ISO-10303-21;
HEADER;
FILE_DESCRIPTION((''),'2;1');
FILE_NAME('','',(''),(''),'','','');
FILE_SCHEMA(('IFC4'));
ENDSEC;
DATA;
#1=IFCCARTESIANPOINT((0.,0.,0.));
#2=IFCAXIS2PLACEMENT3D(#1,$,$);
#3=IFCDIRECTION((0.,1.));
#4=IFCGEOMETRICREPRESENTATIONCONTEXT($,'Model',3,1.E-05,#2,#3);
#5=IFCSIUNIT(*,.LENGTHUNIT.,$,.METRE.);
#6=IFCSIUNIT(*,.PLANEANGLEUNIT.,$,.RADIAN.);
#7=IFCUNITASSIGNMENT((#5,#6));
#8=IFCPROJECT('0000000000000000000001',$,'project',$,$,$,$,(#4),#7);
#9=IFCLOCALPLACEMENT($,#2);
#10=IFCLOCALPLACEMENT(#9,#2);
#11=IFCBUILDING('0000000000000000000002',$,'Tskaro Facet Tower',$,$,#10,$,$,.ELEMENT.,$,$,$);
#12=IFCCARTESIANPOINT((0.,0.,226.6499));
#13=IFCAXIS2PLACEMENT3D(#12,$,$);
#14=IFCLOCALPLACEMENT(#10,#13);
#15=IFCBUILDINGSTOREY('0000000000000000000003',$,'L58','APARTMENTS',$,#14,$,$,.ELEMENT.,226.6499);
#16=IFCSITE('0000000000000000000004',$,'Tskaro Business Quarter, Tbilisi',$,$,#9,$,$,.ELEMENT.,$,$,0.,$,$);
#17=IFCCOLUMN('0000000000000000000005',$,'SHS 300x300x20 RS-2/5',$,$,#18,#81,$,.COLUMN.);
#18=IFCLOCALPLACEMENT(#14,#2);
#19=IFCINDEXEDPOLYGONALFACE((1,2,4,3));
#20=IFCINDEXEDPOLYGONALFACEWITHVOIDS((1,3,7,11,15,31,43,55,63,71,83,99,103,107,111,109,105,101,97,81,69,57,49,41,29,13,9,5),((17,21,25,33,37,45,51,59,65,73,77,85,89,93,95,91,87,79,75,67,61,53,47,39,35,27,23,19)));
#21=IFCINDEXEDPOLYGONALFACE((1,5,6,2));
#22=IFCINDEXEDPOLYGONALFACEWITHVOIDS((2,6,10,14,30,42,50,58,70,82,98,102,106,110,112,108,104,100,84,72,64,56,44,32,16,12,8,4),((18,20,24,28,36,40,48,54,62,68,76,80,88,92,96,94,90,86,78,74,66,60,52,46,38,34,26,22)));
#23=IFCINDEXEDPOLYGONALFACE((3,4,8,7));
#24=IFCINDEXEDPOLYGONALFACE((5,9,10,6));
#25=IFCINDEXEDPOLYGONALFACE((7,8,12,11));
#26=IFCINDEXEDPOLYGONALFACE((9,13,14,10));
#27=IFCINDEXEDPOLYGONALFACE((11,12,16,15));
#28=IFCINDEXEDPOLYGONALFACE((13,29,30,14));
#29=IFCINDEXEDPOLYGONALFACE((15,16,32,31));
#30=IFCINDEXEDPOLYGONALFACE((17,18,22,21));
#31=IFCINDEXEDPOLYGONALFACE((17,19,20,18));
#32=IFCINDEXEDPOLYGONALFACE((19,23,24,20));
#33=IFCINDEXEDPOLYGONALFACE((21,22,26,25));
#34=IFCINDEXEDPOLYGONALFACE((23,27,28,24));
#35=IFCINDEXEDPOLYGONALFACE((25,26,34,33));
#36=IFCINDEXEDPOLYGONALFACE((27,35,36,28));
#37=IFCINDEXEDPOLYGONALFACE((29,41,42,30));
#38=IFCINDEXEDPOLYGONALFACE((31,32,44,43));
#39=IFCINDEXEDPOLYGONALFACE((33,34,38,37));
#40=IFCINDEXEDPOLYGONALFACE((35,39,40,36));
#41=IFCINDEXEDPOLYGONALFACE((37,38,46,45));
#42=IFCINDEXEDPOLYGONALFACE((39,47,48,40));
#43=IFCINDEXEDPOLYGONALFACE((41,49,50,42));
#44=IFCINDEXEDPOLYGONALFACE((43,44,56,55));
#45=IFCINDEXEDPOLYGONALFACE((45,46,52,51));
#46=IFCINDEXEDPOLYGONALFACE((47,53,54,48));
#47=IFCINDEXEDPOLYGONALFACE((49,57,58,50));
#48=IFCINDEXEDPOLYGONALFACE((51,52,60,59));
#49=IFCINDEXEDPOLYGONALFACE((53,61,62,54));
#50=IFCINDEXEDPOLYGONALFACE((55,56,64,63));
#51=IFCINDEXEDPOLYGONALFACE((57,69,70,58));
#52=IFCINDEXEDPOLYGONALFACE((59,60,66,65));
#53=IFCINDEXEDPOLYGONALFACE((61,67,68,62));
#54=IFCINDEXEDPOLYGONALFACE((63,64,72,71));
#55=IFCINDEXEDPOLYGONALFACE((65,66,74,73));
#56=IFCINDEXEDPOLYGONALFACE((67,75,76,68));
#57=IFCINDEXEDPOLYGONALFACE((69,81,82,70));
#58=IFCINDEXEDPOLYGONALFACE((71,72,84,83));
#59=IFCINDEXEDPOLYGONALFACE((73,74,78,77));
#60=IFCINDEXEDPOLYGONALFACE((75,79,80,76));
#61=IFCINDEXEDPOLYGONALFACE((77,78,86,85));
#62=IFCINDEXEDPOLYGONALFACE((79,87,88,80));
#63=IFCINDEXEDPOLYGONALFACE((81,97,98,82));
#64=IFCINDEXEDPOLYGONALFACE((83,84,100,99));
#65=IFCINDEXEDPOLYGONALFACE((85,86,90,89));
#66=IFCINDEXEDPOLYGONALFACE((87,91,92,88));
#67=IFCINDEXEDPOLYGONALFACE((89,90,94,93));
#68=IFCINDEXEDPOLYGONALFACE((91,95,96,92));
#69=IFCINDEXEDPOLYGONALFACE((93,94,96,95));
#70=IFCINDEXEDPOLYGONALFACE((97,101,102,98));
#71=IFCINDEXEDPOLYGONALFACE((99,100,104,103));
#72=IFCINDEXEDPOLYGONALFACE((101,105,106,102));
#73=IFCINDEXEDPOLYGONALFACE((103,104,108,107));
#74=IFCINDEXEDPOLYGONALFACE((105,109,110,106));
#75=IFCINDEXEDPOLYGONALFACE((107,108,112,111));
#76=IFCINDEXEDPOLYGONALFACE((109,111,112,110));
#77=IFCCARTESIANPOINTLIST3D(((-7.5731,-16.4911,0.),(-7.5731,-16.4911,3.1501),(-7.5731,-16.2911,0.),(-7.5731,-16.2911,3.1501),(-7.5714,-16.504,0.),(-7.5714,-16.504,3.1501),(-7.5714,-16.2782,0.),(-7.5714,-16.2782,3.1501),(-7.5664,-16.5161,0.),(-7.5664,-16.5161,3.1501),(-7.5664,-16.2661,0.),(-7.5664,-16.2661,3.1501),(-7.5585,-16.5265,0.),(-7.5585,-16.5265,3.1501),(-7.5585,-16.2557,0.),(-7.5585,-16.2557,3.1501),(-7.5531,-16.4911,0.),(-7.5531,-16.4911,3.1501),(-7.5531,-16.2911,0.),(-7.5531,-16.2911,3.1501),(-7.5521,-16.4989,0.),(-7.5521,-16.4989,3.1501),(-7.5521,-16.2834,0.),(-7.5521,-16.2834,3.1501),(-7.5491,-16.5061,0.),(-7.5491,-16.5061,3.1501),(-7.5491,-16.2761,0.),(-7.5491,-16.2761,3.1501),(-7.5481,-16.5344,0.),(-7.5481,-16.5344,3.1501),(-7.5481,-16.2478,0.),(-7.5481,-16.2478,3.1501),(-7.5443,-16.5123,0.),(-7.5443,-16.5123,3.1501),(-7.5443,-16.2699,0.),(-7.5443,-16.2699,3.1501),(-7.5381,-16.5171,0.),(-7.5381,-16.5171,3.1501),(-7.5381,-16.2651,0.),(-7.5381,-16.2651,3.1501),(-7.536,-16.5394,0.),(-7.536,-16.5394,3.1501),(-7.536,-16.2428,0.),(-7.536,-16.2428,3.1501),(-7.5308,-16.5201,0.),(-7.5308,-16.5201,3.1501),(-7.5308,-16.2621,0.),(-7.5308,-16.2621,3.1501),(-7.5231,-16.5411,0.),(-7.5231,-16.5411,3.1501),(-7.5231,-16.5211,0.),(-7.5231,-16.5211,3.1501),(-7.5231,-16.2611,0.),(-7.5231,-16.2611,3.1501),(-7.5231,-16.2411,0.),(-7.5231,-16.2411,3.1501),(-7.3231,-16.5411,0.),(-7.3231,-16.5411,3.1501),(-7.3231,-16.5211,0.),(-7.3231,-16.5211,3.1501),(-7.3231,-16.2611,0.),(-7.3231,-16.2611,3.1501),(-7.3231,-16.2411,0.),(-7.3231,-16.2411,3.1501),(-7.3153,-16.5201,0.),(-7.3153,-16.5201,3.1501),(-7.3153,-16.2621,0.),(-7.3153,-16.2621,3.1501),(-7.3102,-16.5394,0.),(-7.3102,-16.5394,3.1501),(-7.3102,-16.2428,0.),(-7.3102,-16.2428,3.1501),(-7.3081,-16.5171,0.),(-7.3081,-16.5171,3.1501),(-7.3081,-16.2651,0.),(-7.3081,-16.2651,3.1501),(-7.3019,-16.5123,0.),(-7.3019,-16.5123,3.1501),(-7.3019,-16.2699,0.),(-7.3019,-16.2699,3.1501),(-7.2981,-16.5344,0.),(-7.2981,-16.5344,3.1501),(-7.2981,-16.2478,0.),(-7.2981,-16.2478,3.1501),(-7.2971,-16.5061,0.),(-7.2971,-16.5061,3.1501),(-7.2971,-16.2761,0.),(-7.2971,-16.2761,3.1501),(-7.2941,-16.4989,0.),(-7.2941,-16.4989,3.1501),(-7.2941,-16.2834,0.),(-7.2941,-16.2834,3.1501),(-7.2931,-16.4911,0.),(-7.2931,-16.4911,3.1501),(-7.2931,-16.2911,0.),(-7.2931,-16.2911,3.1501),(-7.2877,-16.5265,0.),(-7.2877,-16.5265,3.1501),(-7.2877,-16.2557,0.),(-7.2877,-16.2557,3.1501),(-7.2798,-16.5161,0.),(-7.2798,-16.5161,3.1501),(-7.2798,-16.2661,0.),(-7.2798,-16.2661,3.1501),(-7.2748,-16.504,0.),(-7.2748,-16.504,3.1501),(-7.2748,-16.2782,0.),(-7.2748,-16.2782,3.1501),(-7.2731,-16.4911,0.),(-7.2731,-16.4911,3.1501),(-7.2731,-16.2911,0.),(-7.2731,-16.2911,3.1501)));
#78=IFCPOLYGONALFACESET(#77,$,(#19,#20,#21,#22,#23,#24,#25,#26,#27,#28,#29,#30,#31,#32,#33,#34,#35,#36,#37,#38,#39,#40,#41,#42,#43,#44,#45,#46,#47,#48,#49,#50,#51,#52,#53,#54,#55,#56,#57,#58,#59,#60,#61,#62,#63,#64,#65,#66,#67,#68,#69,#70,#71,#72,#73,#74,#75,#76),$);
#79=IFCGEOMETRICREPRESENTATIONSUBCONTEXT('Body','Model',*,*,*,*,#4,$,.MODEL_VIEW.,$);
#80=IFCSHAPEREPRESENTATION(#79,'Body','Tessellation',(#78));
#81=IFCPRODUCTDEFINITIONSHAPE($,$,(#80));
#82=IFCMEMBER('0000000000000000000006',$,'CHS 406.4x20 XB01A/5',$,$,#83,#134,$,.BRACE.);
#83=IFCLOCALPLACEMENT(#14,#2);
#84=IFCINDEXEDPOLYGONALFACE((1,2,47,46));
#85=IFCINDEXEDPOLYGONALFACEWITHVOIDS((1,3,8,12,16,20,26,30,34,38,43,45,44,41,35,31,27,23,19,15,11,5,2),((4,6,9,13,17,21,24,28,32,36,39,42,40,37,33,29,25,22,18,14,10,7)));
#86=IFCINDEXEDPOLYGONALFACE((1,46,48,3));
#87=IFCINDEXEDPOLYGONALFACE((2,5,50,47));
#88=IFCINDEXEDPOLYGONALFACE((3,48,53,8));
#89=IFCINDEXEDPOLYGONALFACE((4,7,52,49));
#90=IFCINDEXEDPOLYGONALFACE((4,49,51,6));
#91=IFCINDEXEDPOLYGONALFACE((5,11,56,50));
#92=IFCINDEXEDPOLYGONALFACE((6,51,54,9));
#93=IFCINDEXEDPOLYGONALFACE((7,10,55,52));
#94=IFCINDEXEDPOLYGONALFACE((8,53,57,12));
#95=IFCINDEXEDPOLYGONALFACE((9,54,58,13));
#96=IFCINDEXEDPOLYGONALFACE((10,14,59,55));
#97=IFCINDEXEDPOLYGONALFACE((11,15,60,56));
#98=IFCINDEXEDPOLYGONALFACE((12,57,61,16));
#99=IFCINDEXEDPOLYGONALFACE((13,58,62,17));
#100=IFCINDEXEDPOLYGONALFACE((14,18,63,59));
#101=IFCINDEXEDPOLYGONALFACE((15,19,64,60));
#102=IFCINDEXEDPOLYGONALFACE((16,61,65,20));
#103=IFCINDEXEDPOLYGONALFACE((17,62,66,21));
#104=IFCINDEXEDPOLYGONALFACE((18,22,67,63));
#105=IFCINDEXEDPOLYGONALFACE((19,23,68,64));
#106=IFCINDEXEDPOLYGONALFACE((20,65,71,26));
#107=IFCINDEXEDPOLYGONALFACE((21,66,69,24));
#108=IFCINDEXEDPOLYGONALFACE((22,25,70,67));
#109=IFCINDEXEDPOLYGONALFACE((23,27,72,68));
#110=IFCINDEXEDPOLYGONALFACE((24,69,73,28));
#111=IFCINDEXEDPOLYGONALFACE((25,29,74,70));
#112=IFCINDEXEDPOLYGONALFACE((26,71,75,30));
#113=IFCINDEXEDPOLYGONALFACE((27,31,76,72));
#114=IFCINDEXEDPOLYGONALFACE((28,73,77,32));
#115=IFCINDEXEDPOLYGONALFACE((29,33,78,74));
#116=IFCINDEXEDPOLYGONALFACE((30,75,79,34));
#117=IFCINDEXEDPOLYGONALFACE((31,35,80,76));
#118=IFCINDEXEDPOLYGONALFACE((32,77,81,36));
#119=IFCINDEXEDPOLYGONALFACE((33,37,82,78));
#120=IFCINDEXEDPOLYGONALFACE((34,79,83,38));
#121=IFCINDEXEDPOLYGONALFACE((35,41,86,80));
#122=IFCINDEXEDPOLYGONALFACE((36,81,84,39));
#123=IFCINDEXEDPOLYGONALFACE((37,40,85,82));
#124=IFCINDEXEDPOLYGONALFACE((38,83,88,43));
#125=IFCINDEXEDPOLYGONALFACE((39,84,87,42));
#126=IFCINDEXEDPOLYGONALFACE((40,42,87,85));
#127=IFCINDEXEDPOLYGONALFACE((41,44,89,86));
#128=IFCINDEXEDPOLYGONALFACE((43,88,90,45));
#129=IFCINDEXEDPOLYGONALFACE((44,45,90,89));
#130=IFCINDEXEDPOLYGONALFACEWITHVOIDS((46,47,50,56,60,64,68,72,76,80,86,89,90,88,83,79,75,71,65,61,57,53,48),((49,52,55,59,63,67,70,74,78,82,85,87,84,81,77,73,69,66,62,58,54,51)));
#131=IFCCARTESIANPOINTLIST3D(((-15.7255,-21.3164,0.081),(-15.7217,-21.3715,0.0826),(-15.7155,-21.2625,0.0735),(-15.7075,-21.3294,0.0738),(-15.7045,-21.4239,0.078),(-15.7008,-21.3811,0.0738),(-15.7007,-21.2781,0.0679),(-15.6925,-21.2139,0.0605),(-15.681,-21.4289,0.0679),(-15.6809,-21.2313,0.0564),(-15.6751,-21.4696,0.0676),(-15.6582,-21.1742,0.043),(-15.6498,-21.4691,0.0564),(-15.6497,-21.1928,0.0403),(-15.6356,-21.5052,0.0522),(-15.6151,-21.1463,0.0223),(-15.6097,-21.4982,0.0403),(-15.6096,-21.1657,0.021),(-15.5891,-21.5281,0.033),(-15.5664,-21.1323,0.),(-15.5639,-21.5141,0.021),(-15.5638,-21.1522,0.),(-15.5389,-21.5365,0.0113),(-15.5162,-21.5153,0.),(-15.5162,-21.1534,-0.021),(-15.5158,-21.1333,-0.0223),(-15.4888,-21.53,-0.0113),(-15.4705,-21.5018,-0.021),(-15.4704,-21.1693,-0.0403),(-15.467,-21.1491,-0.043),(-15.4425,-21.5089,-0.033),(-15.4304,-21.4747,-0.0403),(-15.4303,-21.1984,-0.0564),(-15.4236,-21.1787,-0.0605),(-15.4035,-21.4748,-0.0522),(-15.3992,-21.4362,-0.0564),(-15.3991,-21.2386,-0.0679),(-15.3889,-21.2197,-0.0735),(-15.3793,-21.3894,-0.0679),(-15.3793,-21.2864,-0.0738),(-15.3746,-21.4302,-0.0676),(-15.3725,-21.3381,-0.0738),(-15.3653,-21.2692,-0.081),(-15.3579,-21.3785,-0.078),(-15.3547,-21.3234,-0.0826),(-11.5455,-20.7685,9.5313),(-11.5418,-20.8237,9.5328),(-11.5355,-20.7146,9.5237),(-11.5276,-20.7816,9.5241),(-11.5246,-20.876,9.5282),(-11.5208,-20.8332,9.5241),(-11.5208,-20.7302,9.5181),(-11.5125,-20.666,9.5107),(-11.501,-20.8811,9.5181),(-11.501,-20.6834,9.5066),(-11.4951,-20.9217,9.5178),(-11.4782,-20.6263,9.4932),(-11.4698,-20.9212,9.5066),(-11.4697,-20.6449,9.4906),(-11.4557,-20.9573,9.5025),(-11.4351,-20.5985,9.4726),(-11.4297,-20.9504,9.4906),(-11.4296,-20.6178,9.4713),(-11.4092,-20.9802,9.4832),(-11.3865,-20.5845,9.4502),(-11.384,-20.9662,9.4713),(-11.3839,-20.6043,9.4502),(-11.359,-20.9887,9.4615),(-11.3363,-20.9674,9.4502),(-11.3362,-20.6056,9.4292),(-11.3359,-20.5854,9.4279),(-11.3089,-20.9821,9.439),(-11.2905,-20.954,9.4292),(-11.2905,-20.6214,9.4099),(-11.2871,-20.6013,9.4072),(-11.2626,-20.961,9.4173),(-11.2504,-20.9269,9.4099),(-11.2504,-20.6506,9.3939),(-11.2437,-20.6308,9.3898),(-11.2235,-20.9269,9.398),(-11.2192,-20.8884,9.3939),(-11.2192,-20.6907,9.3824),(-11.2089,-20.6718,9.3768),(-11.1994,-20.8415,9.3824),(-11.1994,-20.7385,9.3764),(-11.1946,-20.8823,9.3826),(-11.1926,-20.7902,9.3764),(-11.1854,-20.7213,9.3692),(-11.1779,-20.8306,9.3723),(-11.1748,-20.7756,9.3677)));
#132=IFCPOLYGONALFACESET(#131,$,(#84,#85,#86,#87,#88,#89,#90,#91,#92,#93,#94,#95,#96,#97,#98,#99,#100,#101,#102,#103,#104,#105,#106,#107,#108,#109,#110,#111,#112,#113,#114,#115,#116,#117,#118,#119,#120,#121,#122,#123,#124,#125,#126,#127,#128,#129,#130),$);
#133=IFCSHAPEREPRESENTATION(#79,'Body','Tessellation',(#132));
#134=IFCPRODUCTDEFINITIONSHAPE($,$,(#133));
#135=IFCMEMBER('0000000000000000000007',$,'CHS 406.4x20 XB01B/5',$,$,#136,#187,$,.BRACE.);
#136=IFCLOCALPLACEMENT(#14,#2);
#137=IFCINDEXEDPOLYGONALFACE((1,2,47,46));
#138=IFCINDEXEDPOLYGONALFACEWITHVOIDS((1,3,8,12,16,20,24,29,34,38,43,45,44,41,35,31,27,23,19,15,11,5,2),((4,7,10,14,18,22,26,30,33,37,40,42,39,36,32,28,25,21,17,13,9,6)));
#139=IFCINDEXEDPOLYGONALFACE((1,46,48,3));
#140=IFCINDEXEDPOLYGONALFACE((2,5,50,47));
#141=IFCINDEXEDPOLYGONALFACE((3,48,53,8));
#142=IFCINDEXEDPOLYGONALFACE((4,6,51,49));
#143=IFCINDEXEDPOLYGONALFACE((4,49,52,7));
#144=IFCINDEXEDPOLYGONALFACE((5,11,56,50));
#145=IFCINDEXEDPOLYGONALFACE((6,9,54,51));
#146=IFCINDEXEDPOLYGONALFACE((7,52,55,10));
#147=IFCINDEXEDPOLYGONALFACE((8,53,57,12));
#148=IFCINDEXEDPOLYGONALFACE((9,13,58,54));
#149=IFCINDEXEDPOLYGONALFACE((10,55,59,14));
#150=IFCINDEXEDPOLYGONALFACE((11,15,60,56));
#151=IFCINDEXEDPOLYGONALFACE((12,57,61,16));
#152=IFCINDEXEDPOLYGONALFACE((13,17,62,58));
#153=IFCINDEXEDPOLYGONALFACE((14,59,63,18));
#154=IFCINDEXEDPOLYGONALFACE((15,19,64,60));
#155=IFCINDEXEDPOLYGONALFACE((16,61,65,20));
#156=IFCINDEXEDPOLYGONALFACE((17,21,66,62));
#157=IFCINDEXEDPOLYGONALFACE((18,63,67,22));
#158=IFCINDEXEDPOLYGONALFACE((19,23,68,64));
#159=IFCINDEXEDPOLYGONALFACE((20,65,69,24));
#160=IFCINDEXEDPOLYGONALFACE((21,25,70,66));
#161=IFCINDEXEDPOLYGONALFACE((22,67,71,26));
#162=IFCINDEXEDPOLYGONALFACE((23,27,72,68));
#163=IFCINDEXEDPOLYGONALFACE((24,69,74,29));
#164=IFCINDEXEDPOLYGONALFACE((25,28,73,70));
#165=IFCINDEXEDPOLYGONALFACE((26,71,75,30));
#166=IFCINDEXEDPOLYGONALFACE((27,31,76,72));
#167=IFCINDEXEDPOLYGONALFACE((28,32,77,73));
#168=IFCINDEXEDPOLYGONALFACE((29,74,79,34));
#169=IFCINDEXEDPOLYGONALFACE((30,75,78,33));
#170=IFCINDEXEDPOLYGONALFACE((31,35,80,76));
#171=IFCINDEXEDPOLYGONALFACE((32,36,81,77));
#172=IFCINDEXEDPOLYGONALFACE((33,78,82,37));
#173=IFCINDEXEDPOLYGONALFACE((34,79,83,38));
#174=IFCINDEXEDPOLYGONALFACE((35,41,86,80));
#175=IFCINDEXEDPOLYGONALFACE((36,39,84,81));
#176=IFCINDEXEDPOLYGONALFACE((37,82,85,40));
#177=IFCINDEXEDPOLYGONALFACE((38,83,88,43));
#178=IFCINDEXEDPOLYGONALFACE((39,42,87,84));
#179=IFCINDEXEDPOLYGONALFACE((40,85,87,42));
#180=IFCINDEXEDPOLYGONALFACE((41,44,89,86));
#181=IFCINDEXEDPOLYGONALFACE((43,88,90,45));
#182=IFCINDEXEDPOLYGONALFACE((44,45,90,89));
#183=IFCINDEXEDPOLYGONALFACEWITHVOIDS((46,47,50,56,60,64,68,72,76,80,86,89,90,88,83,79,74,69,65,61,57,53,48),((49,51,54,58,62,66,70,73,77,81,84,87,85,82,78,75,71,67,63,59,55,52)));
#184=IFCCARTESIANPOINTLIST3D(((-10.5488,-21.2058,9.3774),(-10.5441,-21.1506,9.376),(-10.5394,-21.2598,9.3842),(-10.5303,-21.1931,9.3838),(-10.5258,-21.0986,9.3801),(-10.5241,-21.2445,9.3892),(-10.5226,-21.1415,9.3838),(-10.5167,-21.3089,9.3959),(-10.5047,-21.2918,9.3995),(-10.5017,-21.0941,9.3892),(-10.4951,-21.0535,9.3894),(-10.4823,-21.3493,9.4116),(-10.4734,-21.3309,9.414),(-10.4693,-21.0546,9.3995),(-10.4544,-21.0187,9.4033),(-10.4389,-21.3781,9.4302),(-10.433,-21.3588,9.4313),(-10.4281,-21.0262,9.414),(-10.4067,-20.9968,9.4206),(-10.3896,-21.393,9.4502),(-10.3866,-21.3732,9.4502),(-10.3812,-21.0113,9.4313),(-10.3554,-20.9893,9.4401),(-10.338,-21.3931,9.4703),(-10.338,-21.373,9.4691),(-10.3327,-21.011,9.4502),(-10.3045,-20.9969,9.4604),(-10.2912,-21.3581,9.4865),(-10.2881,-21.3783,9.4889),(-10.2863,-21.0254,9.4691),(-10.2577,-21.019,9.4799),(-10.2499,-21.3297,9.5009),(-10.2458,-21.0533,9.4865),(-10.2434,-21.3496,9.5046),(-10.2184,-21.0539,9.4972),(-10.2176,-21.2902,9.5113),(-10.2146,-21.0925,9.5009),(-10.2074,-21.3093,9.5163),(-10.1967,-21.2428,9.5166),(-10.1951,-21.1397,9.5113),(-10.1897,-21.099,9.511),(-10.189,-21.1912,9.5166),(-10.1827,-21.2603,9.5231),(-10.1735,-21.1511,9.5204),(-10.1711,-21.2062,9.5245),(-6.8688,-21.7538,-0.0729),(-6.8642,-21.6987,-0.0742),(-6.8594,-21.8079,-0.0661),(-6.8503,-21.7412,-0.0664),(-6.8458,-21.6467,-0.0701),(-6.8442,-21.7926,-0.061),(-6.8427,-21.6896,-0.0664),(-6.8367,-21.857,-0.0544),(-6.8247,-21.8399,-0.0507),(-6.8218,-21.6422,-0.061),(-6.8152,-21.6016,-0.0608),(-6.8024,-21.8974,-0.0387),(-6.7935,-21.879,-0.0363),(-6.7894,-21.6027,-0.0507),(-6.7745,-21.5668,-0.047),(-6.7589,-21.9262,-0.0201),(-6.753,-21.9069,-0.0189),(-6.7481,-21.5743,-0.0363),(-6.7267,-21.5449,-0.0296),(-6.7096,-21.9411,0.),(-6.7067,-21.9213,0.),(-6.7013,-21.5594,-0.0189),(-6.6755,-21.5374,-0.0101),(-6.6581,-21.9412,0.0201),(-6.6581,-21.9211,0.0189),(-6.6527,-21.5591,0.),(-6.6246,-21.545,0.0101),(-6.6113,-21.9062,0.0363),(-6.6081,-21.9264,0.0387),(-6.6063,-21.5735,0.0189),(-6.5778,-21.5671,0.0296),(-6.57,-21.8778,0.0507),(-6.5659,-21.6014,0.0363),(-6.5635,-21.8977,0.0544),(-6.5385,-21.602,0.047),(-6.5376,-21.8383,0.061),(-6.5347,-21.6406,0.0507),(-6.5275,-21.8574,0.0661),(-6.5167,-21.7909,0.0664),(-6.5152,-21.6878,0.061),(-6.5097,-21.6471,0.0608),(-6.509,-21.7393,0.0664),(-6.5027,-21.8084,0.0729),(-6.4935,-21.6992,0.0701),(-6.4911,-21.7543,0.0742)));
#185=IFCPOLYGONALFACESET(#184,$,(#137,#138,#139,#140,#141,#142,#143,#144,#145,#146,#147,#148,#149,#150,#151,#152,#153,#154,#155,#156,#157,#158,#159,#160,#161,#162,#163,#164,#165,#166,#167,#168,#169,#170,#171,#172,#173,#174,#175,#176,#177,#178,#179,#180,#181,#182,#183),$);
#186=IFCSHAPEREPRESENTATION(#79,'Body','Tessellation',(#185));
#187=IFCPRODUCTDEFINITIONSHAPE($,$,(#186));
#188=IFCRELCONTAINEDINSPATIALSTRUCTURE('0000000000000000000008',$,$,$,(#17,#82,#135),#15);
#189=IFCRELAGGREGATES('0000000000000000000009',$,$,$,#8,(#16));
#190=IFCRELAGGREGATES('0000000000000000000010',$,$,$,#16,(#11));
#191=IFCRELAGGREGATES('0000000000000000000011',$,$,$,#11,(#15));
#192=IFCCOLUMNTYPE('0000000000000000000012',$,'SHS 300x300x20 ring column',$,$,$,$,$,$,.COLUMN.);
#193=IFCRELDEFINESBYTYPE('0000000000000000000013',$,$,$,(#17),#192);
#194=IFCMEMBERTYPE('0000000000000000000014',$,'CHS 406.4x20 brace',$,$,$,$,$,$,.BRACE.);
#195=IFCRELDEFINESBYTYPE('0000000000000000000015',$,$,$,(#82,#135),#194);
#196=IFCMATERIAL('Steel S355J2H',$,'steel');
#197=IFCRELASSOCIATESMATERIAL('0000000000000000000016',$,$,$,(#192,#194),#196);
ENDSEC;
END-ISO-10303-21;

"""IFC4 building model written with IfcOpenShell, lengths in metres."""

from ifc_helpers import new_model, si_unit, direction, frame, origin, origin_2d, place, context, subcontext, project, spatial, hollow_rectangle, hollow_circle, extrude, material, material_profile, profile_set, type_object, element, save


model = new_model("IFC4")

# Units and contexts
model_context = context("Model", 3, precision=1e-05, world=origin(), true_north=direction((0.0, 1.0)))
body_context = subcontext(model_context, "Body", "Model", "MODEL_VIEW")
ifc_project = project(units=[si_unit("LENGTHUNIT", "METRE"), si_unit("PLANEANGLEUNIT", "RADIAN")], contexts=[model_context])

# Site, building, storey
site_placement = place(None, origin())
site = spatial("IfcSite", under=ifc_project, at=site_placement, Name="Tskaro Business Quarter, Tbilisi", CompositionType="ELEMENT", RefElevation=0.0)
building_placement = place(site_placement, origin())
building = spatial("IfcBuilding", under=site, at=building_placement, Name="Tskaro Facet Tower", CompositionType="ELEMENT")
storey_placement = place(building_placement, frame((0.0, 0.0, 226.6499)))
storey = spatial("IfcBuildingStorey", under=building, at=storey_placement, Name="L58", Description="APARTMENTS", CompositionType="ELEMENT", Elevation=226.6499)

# Column
ifc_material_1 = material(Name="Steel S355J2H", Category="steel")
ifc_material_profile_1 = material_profile(ifc_material_1, hollow_rectangle(XDim=0.3, YDim=0.3, WallThickness=0.02, InnerFilletRadius=0.03, OuterFilletRadius=0.05, at=origin_2d()), Name="SHS 300x300x20")
ifc_profile_set_1 = profile_set([ifc_material_profile_1], Name="Steel S355J2H")
column_type = type_object("IfcColumnType", Name="SHS 300x300x20 ring column", PredefinedType="COLUMN", material=ifc_profile_set_1)
column_placement = place(storey_placement, frame((-7.4231, -16.3911, 0.0), z_axis=(0.0, 0.0, 1.0), x_axis=(1.0, 0.0, 0.0)))
element("IfcColumn", 1, at=column_placement, inside=storey, type_object=column_type, Name="SHS 300x300x20 RS-2/5", PredefinedType="COLUMN", context=body_context, shape_type="SweptSolid", body=[
    extrude(hollow_rectangle(XDim=0.3, YDim=0.3, WallThickness=0.02, InnerFilletRadius=0.03, OuterFilletRadius=0.05, at=origin_2d()), origin(), (0.0, 0.0, 1.0), 3.1501),
])

# Members
ifc_material_profile_2 = material_profile(ifc_material_1, hollow_circle(Radius=0.2031, WallThickness=0.02, at=origin_2d()), Name="CHS 406.4x20")
ifc_profile_set_2 = profile_set([ifc_material_profile_2], Name="Steel S355J2H")
member_type_1 = type_object("IfcMemberType", Name="CHS 406.4x20 brace", PredefinedType="BRACE", material=ifc_profile_set_2)
member_1_placement = place(storey_placement, frame((-15.54, -21.3337, 0.0), z_axis=(0.403942, 0.052943, 0.913251), x_axis=(-0.129956, 0.99152, 0.0)))
element("IfcMember", 2, at=member_1_placement, inside=storey, type_object=member_type_1, Name="CHS 406.4x20 XB01A/5", PredefinedType="BRACE", context=body_context, shape_type="SweptSolid", body=[
    extrude(hollow_circle(Radius=0.2031, WallThickness=0.02, at=origin_2d()), origin(), (0.0, 0.0, 1.0), 10.3479),
])
member_2_placement = place(storey_placement, frame((-6.6797, -21.7402, 0.0), z_axis=(-0.362333, 0.053967, 0.930485), x_axis=(-0.147317, -0.989089, 0.0)))
element("IfcMember", 3, at=member_2_placement, inside=storey, type_object=member_type_1, Name="CHS 406.4x20 XB01B/5", PredefinedType="BRACE", context=body_context, shape_type="SweptSolid", body=[
    extrude(hollow_circle(Radius=0.2031, WallThickness=0.02, at=origin_2d()), origin(), (0.0, 0.0, 1.0), 10.1562),
])

save(model, "model.ifc")
